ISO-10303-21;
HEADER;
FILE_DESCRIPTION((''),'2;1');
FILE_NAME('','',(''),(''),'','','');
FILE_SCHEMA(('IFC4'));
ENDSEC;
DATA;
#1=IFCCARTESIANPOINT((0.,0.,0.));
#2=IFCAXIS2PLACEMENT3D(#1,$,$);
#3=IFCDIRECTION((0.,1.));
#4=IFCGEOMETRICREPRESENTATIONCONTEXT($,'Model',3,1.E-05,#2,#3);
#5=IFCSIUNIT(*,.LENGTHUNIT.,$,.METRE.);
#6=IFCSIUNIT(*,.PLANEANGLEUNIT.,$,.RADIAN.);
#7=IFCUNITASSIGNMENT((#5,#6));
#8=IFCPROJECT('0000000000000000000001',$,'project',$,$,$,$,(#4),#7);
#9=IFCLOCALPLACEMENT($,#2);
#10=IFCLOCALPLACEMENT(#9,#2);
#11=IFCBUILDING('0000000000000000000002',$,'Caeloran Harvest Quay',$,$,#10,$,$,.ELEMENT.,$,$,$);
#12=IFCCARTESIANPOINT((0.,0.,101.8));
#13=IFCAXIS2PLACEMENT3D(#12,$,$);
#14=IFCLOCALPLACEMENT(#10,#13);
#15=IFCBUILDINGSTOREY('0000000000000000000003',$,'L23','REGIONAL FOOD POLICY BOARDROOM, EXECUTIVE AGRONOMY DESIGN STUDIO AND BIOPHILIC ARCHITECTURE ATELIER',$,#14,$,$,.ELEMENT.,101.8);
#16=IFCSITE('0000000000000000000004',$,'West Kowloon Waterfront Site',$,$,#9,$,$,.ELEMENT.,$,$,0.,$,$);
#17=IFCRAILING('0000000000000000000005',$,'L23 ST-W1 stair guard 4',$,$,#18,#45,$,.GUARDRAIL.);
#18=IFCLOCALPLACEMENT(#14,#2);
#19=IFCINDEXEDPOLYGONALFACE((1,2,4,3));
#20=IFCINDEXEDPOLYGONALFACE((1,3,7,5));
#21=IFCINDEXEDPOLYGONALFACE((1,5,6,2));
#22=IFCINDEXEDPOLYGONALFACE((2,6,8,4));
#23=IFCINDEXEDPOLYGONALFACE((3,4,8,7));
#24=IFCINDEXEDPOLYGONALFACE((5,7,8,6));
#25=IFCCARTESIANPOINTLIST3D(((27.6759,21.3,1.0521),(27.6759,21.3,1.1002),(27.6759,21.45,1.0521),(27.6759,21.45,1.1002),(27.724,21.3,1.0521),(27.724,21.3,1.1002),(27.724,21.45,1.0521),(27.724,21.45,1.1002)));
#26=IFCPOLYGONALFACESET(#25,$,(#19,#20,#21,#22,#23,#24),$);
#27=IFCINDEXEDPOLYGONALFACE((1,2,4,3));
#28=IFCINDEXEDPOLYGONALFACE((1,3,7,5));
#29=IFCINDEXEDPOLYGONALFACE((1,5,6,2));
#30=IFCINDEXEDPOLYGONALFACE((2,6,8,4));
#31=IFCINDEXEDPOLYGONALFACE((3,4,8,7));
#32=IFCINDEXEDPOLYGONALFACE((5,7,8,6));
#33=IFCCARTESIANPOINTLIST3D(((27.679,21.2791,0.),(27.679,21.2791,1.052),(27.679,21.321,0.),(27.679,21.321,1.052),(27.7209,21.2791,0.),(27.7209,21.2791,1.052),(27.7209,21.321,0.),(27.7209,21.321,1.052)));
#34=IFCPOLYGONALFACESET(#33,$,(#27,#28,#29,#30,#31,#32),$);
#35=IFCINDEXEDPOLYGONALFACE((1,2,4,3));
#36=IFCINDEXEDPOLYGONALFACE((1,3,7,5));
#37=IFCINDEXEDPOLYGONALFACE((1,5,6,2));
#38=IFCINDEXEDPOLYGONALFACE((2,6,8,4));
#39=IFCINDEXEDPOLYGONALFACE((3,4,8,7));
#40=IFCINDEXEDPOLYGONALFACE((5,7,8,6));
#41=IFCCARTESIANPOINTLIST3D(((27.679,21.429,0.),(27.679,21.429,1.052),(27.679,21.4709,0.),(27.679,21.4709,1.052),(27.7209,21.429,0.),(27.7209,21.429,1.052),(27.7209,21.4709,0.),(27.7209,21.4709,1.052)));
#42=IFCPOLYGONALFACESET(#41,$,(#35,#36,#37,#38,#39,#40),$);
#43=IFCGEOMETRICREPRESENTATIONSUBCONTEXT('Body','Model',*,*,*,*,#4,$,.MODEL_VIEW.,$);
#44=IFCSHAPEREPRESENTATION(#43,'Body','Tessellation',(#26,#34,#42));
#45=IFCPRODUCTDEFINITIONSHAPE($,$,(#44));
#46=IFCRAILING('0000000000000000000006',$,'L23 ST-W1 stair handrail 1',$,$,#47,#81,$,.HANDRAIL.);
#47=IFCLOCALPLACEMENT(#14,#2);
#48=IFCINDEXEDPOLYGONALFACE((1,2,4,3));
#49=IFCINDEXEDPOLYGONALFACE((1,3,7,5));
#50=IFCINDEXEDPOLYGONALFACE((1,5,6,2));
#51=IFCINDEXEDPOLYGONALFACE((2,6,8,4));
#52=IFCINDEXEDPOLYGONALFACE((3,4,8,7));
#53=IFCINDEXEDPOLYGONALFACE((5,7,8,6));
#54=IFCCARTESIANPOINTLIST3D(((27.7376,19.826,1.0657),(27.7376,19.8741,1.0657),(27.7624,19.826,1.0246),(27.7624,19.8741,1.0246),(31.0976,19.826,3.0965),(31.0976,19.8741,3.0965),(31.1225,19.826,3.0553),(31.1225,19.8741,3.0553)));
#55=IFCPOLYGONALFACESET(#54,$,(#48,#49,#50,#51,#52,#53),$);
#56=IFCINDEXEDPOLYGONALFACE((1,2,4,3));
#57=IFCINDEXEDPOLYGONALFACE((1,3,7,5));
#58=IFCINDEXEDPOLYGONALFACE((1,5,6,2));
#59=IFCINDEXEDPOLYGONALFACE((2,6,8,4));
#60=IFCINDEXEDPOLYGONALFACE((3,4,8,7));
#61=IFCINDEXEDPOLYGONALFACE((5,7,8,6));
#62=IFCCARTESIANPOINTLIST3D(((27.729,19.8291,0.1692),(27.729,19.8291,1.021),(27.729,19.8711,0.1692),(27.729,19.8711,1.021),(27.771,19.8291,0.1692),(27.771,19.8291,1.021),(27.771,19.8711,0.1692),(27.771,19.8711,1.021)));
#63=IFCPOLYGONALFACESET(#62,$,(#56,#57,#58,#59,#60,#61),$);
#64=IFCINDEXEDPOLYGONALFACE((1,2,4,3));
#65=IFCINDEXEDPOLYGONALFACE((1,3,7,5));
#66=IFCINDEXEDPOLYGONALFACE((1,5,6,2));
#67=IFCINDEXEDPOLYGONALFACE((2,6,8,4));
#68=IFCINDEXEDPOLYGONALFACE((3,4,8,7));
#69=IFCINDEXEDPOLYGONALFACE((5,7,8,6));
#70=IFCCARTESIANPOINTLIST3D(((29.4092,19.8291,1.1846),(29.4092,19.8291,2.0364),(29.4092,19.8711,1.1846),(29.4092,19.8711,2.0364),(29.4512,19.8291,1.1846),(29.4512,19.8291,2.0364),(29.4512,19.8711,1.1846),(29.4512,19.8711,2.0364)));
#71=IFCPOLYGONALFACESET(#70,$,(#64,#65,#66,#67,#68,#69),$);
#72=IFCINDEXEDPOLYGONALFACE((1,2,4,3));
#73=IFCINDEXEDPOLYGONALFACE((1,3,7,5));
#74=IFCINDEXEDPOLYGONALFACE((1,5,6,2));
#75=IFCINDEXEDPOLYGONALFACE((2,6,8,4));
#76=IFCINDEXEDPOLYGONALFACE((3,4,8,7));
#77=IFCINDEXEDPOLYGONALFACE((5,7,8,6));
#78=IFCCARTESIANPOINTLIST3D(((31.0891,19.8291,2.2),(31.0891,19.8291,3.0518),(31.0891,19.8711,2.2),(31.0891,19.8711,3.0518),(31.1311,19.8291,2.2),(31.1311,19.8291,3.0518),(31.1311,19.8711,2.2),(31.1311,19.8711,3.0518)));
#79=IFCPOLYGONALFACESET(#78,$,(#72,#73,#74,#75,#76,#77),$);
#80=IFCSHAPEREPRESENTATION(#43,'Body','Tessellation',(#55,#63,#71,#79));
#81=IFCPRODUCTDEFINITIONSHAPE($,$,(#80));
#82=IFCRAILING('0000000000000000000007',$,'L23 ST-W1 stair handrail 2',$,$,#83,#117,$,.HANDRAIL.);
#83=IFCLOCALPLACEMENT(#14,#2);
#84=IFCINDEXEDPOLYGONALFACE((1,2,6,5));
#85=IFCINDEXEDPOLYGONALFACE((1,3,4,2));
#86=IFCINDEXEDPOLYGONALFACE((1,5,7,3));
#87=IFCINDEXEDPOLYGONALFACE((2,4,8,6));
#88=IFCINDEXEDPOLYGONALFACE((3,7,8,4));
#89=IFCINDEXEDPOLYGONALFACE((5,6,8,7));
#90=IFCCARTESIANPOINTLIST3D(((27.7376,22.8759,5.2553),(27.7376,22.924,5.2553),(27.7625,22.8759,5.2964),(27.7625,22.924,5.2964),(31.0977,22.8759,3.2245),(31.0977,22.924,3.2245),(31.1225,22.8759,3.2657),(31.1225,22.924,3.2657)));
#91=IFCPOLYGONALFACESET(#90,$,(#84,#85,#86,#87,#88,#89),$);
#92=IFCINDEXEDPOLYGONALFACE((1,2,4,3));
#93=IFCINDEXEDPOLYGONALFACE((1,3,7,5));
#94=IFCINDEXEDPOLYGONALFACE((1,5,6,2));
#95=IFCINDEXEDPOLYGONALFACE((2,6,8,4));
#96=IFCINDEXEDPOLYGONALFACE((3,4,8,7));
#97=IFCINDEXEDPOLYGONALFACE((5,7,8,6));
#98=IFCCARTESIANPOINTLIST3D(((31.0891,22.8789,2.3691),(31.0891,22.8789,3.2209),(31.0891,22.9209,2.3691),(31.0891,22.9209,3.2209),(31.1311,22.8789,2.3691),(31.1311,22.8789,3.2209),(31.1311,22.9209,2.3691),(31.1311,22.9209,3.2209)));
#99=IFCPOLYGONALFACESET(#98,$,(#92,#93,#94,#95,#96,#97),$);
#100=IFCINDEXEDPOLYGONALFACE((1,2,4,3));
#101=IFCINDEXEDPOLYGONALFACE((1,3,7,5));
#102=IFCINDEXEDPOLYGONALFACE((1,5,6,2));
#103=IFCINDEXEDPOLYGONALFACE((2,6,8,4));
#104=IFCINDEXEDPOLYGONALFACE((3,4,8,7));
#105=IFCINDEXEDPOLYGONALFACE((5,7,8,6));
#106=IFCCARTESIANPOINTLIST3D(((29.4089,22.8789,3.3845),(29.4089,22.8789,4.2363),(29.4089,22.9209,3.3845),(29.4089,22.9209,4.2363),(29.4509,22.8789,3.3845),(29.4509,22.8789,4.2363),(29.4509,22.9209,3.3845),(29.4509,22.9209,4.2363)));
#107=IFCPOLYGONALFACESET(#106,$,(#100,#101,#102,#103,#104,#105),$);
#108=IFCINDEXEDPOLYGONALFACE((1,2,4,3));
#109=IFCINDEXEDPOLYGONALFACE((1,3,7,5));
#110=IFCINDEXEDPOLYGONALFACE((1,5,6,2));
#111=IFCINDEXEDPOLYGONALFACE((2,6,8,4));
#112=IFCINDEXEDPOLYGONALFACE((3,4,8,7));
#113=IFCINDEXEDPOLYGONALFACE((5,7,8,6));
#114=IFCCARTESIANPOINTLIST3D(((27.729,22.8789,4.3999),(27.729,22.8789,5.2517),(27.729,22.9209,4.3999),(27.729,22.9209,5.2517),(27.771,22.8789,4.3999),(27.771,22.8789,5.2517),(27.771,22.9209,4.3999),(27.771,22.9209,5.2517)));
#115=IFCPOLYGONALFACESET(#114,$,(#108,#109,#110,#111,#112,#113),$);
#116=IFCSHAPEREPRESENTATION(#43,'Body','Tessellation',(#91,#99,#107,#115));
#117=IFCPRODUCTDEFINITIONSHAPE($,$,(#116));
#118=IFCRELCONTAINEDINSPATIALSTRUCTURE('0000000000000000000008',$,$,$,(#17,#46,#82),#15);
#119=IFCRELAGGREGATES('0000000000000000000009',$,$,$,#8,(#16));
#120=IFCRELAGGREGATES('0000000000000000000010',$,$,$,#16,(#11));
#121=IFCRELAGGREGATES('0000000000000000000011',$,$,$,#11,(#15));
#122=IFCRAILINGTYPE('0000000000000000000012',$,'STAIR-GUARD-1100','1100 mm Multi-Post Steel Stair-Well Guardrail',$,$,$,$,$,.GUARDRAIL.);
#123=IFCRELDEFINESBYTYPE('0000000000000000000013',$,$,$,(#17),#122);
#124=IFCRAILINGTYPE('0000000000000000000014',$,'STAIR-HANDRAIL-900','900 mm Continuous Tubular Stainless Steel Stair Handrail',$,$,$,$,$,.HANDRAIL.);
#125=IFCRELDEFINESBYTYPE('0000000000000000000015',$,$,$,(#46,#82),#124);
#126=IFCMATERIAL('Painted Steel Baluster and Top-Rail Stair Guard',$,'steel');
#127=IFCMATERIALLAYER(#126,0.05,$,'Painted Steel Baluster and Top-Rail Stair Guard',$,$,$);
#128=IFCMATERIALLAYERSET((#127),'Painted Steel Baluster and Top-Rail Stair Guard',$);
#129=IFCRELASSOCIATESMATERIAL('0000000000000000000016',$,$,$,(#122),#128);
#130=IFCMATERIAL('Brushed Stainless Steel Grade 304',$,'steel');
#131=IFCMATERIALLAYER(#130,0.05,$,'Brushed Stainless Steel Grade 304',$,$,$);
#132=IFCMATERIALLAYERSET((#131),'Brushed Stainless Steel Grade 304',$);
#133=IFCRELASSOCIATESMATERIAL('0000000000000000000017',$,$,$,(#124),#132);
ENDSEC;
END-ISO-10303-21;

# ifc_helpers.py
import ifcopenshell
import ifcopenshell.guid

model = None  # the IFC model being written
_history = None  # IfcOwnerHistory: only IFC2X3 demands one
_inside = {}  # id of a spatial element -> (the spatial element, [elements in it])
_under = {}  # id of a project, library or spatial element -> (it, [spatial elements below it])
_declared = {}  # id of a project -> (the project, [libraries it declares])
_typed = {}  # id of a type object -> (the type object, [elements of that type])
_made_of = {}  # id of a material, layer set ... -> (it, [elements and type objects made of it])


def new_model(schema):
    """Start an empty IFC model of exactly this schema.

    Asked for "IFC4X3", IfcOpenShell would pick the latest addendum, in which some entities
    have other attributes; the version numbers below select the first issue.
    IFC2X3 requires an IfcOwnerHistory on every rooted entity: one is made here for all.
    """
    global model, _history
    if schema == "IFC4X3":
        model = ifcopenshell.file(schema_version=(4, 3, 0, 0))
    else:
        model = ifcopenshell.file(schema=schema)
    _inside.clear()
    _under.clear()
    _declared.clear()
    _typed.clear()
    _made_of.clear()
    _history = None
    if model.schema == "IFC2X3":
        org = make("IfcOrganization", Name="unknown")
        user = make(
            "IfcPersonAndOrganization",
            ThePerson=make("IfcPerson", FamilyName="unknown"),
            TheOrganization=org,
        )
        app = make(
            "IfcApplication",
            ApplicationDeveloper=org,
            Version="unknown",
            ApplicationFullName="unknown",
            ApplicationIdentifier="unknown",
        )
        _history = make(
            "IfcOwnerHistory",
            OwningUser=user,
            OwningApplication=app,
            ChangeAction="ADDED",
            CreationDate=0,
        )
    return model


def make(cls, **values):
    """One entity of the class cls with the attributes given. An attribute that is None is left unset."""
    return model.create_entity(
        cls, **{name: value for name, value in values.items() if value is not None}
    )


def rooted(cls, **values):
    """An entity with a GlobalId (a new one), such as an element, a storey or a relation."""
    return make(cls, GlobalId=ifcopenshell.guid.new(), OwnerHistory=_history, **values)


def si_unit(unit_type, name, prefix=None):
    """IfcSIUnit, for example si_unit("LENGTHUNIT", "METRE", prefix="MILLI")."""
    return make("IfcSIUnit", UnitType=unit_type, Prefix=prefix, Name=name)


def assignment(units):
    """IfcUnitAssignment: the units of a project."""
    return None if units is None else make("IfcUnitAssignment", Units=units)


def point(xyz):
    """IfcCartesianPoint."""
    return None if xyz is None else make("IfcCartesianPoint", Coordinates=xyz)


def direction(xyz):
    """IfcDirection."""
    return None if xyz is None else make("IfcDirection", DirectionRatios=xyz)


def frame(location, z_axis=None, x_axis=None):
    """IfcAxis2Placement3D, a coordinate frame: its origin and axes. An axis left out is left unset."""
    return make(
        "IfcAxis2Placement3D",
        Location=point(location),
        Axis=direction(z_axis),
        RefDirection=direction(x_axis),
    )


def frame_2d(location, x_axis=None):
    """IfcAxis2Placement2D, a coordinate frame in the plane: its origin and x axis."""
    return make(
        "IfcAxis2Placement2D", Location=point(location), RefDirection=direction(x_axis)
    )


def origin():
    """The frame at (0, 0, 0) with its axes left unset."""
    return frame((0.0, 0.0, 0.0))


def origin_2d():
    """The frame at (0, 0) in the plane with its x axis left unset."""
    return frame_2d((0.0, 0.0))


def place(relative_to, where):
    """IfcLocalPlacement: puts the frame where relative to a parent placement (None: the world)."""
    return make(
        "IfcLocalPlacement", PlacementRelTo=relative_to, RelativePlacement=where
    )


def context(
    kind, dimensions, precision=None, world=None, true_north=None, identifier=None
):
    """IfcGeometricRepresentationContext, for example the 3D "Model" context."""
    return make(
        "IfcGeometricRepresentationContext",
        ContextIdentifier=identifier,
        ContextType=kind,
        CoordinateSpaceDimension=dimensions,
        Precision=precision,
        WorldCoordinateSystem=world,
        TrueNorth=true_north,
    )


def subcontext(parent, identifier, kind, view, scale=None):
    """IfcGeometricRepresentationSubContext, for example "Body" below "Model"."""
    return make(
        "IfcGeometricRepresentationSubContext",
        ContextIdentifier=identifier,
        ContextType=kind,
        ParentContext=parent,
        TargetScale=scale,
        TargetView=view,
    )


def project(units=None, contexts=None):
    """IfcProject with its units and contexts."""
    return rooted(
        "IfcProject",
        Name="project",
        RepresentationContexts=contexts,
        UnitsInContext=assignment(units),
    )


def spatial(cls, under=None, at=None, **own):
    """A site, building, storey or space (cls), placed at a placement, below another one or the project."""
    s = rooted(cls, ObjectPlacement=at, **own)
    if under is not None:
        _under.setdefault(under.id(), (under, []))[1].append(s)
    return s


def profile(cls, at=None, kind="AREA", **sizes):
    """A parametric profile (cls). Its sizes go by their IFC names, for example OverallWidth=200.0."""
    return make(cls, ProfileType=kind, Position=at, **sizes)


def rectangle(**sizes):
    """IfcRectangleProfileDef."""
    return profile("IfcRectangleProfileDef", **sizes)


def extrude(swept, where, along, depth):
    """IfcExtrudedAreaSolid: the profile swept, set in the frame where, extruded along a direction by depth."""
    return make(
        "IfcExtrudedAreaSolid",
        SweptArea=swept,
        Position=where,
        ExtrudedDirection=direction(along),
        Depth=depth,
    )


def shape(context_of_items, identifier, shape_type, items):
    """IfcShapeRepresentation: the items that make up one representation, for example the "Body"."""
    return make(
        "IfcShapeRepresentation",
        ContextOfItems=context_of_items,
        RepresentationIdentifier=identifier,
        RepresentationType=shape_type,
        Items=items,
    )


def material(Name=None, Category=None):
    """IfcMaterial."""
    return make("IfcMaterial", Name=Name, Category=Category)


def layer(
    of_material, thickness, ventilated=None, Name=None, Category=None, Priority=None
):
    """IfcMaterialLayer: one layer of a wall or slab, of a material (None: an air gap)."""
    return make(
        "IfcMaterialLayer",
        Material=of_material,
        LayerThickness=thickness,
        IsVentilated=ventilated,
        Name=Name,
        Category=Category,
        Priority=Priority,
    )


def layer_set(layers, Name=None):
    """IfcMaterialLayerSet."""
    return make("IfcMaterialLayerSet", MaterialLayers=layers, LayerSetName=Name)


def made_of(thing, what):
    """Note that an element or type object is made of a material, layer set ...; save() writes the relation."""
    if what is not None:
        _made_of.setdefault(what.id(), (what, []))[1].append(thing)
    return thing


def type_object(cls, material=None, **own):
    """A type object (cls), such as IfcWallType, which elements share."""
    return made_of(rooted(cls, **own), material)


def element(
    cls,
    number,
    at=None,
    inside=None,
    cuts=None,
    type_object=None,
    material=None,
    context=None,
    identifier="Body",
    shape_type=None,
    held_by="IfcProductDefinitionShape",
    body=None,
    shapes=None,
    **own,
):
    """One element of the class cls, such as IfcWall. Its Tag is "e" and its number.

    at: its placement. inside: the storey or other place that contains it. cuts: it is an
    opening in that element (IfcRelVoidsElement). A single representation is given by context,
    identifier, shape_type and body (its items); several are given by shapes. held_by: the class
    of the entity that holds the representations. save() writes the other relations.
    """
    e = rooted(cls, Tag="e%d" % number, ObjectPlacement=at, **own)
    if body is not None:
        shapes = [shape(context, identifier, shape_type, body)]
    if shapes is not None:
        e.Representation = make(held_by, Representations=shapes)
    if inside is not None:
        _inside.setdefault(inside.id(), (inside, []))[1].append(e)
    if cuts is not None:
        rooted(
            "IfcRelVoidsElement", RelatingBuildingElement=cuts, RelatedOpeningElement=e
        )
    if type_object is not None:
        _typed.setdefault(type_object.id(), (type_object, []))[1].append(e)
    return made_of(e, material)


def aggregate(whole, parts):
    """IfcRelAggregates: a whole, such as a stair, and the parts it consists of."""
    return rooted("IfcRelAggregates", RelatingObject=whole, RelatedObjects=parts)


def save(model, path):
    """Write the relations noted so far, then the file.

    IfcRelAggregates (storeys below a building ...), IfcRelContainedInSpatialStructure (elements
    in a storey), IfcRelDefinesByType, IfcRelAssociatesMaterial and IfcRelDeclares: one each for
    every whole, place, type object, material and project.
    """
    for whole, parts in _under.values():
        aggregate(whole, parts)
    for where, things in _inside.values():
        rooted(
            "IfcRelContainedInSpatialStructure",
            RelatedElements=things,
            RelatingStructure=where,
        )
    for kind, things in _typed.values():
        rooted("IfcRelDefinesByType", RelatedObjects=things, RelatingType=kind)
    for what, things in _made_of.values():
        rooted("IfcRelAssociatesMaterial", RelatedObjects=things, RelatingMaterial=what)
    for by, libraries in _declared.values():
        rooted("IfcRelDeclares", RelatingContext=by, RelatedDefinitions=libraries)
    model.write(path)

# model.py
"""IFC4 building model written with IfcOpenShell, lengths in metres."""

from ifc_helpers import new_model, si_unit, direction, frame, origin, origin_2d, place, context, subcontext, project, spatial, rectangle, extrude, material, layer, layer_set, type_object, element, save


model = new_model("IFC4")

# Units and contexts
model_context = context("Model", 3, precision=1e-05, world=origin(), true_north=direction((0.0, 1.0)))
body_context = subcontext(model_context, "Body", "Model", "MODEL_VIEW")
ifc_project = project(units=[si_unit("LENGTHUNIT", "METRE"), si_unit("PLANEANGLEUNIT", "RADIAN")], contexts=[model_context])

# Site, building, storey
site_placement = place(None, origin())
site = spatial("IfcSite", under=ifc_project, at=site_placement, Name="West Kowloon Waterfront Site", CompositionType="ELEMENT", RefElevation=0.0)
building_placement = place(site_placement, origin())
building = spatial("IfcBuilding", under=site, at=building_placement, Name="Caeloran Harvest Quay", CompositionType="ELEMENT")
storey_placement = place(building_placement, frame((0.0, 0.0, 101.8)))
storey = spatial("IfcBuildingStorey", under=building, at=storey_placement, Name="L23", Description="REGIONAL FOOD POLICY BOARDROOM, EXECUTIVE AGRONOMY DESIGN STUDIO AND BIOPHILIC ARCHITECTURE ATELIER", CompositionType="ELEMENT", Elevation=101.8)

# Railings
ifc_material_1 = material(Name="Painted Steel Baluster and Top-Rail Stair Guard", Category="steel")
ifc_layer_1 = layer(ifc_material_1, 0.05, Name="Painted Steel Baluster and Top-Rail Stair Guard")
ifc_layer_set_1 = layer_set([ifc_layer_1], Name="Painted Steel Baluster and Top-Rail Stair Guard")
railing_type_1 = type_object("IfcRailingType", Name="STAIR-GUARD-1100", Description="1100 mm Multi-Post Steel Stair-Well Guardrail", PredefinedType="GUARDRAIL", material=ifc_layer_set_1)
railing_1_placement = place(storey_placement, frame((27.7, 21.3, 0.0)))
element("IfcRailing", 1, at=railing_1_placement, inside=storey, type_object=railing_type_1, Name="L23 ST-W1 stair guard 4", PredefinedType="GUARDRAIL", context=body_context, shape_type="SweptSolid", body=[
    extrude(rectangle(XDim=0.0481, YDim=0.0481, at=origin_2d()), frame((0.0, 0.0, 1.0762), z_axis=(0.0, 1.0, 0.0), x_axis=(-1.0, 0.0, 0.0)), (0.0, 0.0, 1.0), 0.1499),
    extrude(rectangle(XDim=0.042, YDim=0.042, at=origin_2d()), origin(), (0.0, 0.0, 1.0), 1.052),
    extrude(rectangle(XDim=0.042, YDim=0.042, at=origin_2d()), frame((0.0, 0.1499, 0.0)), (0.0, 0.0, 1.0), 1.052),
])
ifc_material_2 = material(Name="Brushed Stainless Steel Grade 304", Category="steel")
ifc_layer_2 = layer(ifc_material_2, 0.05, Name="Brushed Stainless Steel Grade 304")
ifc_layer_set_2 = layer_set([ifc_layer_2], Name="Brushed Stainless Steel Grade 304")
railing_type_2 = type_object("IfcRailingType", Name="STAIR-HANDRAIL-900", Description="900 mm Continuous Tubular Stainless Steel Stair Handrail", PredefinedType="HANDRAIL", material=ifc_layer_set_2)
railing_2_placement = place(storey_placement, frame((27.75, 19.8501, 0.1692)))
element("IfcRailing", 2, at=railing_2_placement, inside=storey, type_object=railing_type_2, Name="L23 ST-W1 stair handrail 1", PredefinedType="HANDRAIL", context=body_context, shape_type="SweptSolid", body=[
    extrude(rectangle(XDim=0.0481, YDim=0.0481, at=origin_2d()), frame((0.0, 0.0, 0.876), z_axis=(0.855837, 0.0, 0.517246), x_axis=(0.0, 1.0, 0.0)), (0.0, 0.0, 1.0), 3.926),
    extrude(rectangle(XDim=0.042, YDim=0.042, at=origin_2d()), origin(), (0.0, 0.0, 1.0), 0.8518),
    extrude(rectangle(XDim=0.042, YDim=0.042, at=origin_2d()), frame((1.6802, 0.0, 1.0154)), (0.0, 0.0, 1.0), 0.8518),
    extrude(rectangle(XDim=0.042, YDim=0.042, at=origin_2d()), frame((3.3601, 0.0, 2.0308)), (0.0, 0.0, 1.0), 0.8518),
])
railing_3_placement = place(storey_placement, frame((31.1101, 22.8999, 2.3691)))
element("IfcRailing", 3, at=railing_3_placement, inside=storey, type_object=railing_type_2, Name="L23 ST-W1 stair handrail 2", PredefinedType="HANDRAIL", context=body_context, shape_type="SweptSolid", body=[
    extrude(rectangle(XDim=0.0481, YDim=0.0481, at=origin_2d()), frame((0.0, 0.0, 0.876), z_axis=(-0.855837, 0.0, 0.517246), x_axis=(0.0, -1.0, 0.0)), (0.0, 0.0, 1.0), 3.926),
    extrude(rectangle(XDim=0.042, YDim=0.042, at=origin_2d()), origin(), (0.0, 0.0, 1.0), 0.8518),
    extrude(rectangle(XDim=0.042, YDim=0.042, at=origin_2d()), frame((-1.6802, 0.0, 1.0154)), (0.0, 0.0, 1.0), 0.8518),
    extrude(rectangle(XDim=0.042, YDim=0.042, at=origin_2d()), frame((-3.3601, 0.0, 2.0308)), (0.0, 0.0, 1.0), 0.8518),
])

save(model, "model.ifc")
